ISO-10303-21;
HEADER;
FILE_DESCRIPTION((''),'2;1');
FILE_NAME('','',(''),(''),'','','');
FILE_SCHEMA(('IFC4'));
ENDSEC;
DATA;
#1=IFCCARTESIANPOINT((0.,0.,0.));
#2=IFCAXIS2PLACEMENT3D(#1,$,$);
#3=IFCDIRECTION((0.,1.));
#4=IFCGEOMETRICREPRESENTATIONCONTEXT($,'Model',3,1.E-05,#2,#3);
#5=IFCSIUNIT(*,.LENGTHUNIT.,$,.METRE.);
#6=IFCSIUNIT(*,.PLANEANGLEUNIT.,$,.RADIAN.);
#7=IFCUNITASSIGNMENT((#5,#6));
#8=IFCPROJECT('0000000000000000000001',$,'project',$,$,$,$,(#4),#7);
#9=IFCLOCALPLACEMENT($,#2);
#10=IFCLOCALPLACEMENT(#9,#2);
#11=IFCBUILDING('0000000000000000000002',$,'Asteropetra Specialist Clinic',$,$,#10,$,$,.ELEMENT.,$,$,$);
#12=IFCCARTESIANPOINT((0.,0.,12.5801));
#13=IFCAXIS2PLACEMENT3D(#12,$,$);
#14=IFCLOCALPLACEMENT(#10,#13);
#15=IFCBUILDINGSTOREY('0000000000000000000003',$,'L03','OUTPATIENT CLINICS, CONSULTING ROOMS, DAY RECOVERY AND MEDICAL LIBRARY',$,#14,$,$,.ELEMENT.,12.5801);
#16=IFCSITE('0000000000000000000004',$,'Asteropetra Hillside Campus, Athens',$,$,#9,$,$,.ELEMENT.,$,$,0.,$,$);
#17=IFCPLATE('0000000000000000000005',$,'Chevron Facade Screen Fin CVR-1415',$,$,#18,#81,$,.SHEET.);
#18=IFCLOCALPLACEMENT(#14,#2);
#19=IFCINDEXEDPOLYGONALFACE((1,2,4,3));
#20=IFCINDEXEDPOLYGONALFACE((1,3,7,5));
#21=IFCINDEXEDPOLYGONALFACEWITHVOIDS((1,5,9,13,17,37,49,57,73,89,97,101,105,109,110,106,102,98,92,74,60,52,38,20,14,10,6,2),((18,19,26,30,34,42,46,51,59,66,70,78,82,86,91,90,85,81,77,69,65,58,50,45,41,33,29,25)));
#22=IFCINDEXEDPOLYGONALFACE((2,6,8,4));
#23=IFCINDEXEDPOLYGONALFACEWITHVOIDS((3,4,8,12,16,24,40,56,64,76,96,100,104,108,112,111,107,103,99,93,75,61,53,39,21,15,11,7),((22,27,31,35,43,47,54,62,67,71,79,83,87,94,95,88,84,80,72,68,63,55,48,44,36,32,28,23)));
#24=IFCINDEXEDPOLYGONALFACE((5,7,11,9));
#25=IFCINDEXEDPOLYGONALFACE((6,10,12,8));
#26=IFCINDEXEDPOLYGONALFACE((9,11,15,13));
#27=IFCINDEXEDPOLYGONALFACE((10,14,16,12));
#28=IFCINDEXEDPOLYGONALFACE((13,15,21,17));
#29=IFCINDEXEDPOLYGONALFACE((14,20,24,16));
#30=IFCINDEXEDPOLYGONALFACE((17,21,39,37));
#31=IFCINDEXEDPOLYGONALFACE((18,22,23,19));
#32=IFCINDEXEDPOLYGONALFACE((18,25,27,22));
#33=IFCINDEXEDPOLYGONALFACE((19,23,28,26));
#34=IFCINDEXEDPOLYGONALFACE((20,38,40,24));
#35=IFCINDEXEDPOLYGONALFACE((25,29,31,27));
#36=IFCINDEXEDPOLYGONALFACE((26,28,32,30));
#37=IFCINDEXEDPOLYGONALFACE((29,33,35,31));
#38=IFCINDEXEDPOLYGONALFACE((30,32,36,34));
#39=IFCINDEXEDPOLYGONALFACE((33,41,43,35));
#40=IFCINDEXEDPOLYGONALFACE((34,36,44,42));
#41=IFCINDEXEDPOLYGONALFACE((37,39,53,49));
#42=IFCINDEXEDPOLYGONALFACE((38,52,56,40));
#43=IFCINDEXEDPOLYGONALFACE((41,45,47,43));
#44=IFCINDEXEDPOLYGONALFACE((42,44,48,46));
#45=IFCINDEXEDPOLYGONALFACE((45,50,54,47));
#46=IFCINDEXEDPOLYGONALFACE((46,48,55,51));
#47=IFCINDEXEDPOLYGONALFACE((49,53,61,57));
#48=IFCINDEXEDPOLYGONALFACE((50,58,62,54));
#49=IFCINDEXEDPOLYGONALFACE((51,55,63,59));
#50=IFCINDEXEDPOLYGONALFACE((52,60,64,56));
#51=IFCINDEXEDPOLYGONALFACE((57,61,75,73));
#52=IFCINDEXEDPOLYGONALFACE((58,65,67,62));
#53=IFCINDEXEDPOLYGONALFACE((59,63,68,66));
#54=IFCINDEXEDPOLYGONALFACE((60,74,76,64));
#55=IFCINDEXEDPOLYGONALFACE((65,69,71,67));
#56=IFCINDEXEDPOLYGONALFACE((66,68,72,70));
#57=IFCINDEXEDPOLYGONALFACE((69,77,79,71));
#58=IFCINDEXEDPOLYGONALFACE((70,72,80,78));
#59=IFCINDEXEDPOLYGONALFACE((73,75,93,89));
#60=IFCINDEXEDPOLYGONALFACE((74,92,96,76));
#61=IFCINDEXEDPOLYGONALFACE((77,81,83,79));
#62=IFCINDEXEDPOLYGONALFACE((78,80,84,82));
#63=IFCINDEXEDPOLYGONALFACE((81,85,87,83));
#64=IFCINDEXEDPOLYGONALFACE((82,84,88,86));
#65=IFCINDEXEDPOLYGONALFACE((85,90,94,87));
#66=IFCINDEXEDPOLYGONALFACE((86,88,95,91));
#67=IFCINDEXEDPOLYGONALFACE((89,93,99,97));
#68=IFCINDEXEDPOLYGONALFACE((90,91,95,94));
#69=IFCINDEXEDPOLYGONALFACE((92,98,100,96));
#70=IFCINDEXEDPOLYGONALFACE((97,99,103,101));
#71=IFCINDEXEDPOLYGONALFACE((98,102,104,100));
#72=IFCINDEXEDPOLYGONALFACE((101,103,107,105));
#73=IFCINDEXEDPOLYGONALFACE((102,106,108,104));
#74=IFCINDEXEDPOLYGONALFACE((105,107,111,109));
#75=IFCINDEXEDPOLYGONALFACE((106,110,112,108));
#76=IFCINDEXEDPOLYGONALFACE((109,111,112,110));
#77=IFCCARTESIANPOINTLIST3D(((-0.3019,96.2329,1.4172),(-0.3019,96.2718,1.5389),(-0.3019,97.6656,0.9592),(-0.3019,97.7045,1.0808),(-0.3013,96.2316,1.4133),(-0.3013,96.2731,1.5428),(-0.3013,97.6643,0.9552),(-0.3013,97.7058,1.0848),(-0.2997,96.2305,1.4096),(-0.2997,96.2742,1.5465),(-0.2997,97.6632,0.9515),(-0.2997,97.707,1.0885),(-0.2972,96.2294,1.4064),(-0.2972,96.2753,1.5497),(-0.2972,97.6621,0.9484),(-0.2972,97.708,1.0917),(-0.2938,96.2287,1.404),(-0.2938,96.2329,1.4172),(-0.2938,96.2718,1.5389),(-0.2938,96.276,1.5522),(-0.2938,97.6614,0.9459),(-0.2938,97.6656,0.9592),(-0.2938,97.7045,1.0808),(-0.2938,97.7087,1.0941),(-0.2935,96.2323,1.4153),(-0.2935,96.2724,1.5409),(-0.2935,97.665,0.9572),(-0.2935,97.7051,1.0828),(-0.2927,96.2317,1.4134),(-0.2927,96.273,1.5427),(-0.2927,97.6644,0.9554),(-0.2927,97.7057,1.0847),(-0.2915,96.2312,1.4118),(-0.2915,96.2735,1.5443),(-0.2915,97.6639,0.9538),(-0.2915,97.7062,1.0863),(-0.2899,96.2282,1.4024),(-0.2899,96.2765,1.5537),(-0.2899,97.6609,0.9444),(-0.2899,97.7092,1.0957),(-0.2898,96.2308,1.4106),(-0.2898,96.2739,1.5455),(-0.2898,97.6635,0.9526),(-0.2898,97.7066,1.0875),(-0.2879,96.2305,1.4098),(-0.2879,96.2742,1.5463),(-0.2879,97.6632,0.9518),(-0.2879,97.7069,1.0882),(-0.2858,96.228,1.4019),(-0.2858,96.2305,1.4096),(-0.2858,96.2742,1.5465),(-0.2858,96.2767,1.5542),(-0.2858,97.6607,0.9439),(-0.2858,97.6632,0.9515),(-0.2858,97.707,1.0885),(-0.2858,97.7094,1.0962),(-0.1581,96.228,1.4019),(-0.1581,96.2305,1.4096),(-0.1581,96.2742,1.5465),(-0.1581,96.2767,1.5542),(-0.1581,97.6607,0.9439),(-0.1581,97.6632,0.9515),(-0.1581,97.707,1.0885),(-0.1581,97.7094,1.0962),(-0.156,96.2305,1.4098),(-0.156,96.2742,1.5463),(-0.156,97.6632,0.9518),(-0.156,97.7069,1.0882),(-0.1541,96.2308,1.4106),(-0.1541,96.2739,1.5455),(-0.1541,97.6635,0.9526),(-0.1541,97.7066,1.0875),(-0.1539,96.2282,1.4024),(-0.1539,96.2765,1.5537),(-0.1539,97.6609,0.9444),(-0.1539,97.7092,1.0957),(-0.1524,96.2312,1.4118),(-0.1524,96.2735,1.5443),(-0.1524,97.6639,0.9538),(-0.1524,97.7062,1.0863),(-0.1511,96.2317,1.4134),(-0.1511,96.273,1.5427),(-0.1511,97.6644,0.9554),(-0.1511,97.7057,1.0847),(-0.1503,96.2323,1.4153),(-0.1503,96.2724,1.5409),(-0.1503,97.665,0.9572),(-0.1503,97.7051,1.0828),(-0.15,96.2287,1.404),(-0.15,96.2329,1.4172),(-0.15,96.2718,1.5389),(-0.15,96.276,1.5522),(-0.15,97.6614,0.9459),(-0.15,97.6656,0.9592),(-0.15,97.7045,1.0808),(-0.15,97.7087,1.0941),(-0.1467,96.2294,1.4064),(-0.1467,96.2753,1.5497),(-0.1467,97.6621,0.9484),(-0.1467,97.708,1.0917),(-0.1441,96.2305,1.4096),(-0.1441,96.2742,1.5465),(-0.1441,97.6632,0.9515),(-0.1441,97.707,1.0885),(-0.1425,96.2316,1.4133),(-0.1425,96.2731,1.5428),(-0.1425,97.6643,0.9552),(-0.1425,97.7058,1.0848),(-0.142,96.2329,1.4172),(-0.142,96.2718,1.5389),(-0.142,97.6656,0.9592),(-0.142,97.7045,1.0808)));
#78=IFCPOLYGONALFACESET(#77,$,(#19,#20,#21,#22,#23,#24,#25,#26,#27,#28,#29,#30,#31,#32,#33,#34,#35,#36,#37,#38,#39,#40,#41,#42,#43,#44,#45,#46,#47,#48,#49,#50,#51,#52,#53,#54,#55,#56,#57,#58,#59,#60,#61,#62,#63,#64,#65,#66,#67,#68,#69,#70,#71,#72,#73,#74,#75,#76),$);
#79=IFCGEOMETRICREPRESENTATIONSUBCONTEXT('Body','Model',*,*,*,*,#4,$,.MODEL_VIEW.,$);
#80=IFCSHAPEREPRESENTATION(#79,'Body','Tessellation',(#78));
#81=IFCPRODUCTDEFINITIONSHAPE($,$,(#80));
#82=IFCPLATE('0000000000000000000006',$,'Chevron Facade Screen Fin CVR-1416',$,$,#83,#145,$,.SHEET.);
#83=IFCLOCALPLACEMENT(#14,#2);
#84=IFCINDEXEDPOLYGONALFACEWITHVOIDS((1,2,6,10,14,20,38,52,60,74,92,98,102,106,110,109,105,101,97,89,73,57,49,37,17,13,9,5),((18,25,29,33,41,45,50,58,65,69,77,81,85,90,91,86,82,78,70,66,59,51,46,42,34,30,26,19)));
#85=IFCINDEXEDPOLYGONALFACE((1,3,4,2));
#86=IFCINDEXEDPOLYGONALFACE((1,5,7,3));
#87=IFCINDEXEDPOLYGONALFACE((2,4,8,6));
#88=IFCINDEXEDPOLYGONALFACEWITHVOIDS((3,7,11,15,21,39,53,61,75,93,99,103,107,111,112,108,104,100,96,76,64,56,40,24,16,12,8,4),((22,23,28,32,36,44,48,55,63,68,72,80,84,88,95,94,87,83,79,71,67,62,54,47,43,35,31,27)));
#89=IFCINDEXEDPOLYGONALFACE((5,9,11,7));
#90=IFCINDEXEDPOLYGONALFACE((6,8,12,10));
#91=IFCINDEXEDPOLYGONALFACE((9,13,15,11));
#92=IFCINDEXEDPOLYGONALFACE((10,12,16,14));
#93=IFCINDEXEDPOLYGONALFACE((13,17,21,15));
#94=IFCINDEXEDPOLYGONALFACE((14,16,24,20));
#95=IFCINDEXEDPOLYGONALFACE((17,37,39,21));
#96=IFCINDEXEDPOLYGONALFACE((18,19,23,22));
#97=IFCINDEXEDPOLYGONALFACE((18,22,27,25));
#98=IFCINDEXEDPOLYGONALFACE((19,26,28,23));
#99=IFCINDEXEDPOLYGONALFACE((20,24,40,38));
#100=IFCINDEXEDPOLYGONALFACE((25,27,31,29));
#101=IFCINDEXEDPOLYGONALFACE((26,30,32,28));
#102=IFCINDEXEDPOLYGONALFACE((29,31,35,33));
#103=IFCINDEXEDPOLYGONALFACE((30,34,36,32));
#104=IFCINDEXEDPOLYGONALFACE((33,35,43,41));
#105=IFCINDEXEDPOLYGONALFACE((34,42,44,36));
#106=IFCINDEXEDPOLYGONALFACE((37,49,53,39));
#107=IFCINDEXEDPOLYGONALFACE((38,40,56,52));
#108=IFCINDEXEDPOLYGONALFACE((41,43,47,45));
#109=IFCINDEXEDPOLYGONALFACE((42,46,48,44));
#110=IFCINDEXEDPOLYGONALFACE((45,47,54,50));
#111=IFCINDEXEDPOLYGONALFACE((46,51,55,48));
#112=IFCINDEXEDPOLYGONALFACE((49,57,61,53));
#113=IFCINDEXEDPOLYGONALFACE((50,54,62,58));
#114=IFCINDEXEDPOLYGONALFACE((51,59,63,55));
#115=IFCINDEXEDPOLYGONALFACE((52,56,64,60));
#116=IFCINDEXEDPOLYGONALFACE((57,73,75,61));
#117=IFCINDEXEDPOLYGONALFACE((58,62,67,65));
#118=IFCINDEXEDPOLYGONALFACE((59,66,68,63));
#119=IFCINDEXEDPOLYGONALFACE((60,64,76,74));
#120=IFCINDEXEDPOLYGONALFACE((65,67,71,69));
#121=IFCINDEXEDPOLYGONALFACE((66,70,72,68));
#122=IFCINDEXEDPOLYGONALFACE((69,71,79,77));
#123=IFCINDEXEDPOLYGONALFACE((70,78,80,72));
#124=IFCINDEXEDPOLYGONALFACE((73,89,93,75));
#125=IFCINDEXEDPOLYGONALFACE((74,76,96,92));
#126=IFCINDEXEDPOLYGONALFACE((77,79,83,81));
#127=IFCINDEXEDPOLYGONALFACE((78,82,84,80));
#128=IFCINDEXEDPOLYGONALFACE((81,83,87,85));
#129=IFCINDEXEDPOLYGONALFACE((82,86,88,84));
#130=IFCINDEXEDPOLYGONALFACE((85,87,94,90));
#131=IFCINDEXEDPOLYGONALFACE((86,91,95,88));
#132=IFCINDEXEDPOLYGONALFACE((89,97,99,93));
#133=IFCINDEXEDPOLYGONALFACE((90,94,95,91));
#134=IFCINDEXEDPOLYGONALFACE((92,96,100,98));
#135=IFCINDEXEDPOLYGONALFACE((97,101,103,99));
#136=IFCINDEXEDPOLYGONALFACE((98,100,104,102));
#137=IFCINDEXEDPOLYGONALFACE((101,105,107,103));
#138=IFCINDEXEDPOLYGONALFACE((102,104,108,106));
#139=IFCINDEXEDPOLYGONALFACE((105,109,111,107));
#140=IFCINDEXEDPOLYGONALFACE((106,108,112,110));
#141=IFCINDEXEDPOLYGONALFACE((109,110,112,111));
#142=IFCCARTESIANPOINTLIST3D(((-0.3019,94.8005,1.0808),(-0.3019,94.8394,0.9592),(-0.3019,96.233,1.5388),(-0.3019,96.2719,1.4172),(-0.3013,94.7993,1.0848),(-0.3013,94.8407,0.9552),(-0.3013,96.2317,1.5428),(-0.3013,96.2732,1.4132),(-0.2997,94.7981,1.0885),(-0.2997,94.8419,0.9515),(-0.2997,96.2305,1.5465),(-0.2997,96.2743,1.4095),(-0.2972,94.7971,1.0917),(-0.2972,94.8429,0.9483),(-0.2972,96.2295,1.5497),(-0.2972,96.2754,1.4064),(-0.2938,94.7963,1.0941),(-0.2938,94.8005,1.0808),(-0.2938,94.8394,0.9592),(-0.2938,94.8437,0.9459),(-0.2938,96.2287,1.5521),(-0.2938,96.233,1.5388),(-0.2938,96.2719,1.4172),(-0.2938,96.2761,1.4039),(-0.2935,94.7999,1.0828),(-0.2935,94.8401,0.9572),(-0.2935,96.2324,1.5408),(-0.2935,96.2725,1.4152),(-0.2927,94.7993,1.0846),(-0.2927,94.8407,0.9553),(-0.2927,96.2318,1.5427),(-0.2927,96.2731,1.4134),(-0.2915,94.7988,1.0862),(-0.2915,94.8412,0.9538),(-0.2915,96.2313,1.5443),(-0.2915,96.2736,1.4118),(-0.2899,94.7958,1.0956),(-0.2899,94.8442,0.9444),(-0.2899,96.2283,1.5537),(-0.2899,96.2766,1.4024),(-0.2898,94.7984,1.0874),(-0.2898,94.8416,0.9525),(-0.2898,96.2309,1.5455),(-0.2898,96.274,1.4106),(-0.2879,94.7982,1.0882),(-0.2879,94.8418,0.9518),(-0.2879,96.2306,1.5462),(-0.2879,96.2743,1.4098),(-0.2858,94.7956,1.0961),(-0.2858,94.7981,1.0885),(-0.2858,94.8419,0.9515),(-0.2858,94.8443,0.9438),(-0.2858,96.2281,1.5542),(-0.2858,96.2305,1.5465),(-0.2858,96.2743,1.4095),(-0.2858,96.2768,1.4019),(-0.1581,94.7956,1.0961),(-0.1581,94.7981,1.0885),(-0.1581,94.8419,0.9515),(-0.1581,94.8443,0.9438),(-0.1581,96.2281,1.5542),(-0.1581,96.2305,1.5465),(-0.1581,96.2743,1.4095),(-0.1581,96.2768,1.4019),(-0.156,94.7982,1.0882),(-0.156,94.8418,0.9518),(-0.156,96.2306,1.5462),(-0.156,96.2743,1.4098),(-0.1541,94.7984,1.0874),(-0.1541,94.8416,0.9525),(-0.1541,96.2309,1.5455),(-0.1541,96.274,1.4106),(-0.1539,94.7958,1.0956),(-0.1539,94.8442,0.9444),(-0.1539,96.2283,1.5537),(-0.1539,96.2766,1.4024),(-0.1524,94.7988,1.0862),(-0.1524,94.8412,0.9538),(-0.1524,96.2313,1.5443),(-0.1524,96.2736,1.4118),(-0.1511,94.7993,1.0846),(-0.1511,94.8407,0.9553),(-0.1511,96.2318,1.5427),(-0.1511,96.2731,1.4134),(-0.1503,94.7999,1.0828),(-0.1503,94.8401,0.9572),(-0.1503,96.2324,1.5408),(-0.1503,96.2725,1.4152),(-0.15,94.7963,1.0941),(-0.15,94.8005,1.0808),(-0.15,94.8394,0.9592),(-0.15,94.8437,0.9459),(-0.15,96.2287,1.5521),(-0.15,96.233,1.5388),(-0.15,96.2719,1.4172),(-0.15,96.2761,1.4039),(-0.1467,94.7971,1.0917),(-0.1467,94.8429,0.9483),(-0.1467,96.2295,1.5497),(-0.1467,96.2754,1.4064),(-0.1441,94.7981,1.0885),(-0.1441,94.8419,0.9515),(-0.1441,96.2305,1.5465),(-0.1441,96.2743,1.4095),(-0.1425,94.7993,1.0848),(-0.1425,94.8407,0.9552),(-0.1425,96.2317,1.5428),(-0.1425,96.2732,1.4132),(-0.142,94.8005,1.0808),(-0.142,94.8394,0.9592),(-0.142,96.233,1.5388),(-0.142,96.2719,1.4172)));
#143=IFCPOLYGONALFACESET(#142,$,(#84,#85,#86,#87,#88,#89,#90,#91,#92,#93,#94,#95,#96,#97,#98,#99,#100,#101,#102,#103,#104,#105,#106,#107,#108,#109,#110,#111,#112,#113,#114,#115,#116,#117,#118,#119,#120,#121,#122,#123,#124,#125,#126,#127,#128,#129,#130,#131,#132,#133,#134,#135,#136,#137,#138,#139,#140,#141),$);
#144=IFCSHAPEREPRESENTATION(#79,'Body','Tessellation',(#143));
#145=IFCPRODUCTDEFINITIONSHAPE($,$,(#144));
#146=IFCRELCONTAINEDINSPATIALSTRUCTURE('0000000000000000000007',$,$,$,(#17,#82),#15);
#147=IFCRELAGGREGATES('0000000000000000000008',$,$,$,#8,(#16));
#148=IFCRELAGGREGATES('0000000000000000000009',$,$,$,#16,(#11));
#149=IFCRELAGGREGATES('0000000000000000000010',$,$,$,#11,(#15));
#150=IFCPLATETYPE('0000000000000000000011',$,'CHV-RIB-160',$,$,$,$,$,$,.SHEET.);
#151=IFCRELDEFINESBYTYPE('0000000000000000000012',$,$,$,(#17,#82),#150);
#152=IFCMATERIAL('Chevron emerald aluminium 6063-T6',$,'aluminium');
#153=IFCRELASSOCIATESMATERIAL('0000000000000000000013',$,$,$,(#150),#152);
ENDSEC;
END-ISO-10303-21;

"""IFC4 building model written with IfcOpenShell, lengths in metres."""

from ifc_helpers import new_model, si_unit, direction, frame, origin, origin_2d, place, context, subcontext, project, spatial, hollow_rectangle, extrude, material, material_profile, profile_set, type_object, element, save


model = new_model("IFC4")

# Units and contexts
model_context = context("Model", 3, precision=1e-05, world=origin(), true_north=direction((0.0, 1.0)))
body_context = subcontext(model_context, "Body", "Model", "MODEL_VIEW")
ifc_project = project(units=[si_unit("LENGTHUNIT", "METRE"), si_unit("PLANEANGLEUNIT", "RADIAN")], contexts=[model_context])

# Site, building, storey
site_placement = place(None, origin())
site = spatial("IfcSite", under=ifc_project, at=site_placement, Name="Asteropetra Hillside Campus, Athens", CompositionType="ELEMENT", RefElevation=0.0)
building_placement = place(site_placement, origin())
building = spatial("IfcBuilding", under=site, at=building_placement, Name="Asteropetra Specialist Clinic", CompositionType="ELEMENT")
storey_placement = place(building_placement, frame((0.0, 0.0, 12.5801)))
storey = spatial("IfcBuildingStorey", under=building, at=storey_placement, Name="L03", Description="OUTPATIENT CLINICS, CONSULTING ROOMS, DAY RECOVERY AND MEDICAL LIBRARY", CompositionType="ELEMENT", Elevation=12.5801)

# Plates
ifc_material_1 = material(Name="Chevron emerald aluminium 6063-T6", Category="aluminium")
ifc_material_profile_1 = material_profile(ifc_material_1, hollow_rectangle(XDim=0.1599, YDim=0.1599, WallThickness=0.0081, InnerFilletRadius=0.0081, OuterFilletRadius=0.0161, at=origin_2d()), Name="SHS 160x160x8.0")
ifc_profile_set_1 = profile_set([ifc_material_profile_1], Name="Chevron emerald aluminium 6063-T6")
plate_type_1 = type_object("IfcPlateType", Name="CHV-RIB-160", PredefinedType="SHEET", material=ifc_profile_set_1)
plate_1_placement = place(storey_placement, frame((-0.2219, 97.6851, 1.02), z_axis=(0.0, -0.952507, 0.304517), x_axis=(1.0, 0.0, 0.0)))
element("IfcPlate", 1, at=plate_1_placement, inside=storey, type_object=plate_type_1, Name="Chevron Facade Screen Fin CVR-1415", PredefinedType="SHEET", context=body_context, shape_type="SweptSolid", body=[
    extrude(hollow_rectangle(XDim=0.1599, YDim=0.1599, WallThickness=0.0081, InnerFilletRadius=0.0081, OuterFilletRadius=0.0161, at=origin_2d()), origin(), (0.0, 0.0, 1.0), 1.5042),
])
plate_2_placement = place(storey_placement, frame((-0.2219, 96.2524, 1.478), z_axis=(0.0, -0.952492, -0.304564), x_axis=(1.0, 0.0, 0.0)))
element("IfcPlate", 2, at=plate_2_placement, inside=storey, type_object=plate_type_1, Name="Chevron Facade Screen Fin CVR-1416", PredefinedType="SHEET", context=body_context, shape_type="SweptSolid", body=[
    extrude(hollow_rectangle(XDim=0.1599, YDim=0.1599, WallThickness=0.0081, InnerFilletRadius=0.0081, OuterFilletRadius=0.0161, at=origin_2d()), origin(), (0.0, 0.0, 1.0), 1.5039),
])

save(model, "model.ifc")
